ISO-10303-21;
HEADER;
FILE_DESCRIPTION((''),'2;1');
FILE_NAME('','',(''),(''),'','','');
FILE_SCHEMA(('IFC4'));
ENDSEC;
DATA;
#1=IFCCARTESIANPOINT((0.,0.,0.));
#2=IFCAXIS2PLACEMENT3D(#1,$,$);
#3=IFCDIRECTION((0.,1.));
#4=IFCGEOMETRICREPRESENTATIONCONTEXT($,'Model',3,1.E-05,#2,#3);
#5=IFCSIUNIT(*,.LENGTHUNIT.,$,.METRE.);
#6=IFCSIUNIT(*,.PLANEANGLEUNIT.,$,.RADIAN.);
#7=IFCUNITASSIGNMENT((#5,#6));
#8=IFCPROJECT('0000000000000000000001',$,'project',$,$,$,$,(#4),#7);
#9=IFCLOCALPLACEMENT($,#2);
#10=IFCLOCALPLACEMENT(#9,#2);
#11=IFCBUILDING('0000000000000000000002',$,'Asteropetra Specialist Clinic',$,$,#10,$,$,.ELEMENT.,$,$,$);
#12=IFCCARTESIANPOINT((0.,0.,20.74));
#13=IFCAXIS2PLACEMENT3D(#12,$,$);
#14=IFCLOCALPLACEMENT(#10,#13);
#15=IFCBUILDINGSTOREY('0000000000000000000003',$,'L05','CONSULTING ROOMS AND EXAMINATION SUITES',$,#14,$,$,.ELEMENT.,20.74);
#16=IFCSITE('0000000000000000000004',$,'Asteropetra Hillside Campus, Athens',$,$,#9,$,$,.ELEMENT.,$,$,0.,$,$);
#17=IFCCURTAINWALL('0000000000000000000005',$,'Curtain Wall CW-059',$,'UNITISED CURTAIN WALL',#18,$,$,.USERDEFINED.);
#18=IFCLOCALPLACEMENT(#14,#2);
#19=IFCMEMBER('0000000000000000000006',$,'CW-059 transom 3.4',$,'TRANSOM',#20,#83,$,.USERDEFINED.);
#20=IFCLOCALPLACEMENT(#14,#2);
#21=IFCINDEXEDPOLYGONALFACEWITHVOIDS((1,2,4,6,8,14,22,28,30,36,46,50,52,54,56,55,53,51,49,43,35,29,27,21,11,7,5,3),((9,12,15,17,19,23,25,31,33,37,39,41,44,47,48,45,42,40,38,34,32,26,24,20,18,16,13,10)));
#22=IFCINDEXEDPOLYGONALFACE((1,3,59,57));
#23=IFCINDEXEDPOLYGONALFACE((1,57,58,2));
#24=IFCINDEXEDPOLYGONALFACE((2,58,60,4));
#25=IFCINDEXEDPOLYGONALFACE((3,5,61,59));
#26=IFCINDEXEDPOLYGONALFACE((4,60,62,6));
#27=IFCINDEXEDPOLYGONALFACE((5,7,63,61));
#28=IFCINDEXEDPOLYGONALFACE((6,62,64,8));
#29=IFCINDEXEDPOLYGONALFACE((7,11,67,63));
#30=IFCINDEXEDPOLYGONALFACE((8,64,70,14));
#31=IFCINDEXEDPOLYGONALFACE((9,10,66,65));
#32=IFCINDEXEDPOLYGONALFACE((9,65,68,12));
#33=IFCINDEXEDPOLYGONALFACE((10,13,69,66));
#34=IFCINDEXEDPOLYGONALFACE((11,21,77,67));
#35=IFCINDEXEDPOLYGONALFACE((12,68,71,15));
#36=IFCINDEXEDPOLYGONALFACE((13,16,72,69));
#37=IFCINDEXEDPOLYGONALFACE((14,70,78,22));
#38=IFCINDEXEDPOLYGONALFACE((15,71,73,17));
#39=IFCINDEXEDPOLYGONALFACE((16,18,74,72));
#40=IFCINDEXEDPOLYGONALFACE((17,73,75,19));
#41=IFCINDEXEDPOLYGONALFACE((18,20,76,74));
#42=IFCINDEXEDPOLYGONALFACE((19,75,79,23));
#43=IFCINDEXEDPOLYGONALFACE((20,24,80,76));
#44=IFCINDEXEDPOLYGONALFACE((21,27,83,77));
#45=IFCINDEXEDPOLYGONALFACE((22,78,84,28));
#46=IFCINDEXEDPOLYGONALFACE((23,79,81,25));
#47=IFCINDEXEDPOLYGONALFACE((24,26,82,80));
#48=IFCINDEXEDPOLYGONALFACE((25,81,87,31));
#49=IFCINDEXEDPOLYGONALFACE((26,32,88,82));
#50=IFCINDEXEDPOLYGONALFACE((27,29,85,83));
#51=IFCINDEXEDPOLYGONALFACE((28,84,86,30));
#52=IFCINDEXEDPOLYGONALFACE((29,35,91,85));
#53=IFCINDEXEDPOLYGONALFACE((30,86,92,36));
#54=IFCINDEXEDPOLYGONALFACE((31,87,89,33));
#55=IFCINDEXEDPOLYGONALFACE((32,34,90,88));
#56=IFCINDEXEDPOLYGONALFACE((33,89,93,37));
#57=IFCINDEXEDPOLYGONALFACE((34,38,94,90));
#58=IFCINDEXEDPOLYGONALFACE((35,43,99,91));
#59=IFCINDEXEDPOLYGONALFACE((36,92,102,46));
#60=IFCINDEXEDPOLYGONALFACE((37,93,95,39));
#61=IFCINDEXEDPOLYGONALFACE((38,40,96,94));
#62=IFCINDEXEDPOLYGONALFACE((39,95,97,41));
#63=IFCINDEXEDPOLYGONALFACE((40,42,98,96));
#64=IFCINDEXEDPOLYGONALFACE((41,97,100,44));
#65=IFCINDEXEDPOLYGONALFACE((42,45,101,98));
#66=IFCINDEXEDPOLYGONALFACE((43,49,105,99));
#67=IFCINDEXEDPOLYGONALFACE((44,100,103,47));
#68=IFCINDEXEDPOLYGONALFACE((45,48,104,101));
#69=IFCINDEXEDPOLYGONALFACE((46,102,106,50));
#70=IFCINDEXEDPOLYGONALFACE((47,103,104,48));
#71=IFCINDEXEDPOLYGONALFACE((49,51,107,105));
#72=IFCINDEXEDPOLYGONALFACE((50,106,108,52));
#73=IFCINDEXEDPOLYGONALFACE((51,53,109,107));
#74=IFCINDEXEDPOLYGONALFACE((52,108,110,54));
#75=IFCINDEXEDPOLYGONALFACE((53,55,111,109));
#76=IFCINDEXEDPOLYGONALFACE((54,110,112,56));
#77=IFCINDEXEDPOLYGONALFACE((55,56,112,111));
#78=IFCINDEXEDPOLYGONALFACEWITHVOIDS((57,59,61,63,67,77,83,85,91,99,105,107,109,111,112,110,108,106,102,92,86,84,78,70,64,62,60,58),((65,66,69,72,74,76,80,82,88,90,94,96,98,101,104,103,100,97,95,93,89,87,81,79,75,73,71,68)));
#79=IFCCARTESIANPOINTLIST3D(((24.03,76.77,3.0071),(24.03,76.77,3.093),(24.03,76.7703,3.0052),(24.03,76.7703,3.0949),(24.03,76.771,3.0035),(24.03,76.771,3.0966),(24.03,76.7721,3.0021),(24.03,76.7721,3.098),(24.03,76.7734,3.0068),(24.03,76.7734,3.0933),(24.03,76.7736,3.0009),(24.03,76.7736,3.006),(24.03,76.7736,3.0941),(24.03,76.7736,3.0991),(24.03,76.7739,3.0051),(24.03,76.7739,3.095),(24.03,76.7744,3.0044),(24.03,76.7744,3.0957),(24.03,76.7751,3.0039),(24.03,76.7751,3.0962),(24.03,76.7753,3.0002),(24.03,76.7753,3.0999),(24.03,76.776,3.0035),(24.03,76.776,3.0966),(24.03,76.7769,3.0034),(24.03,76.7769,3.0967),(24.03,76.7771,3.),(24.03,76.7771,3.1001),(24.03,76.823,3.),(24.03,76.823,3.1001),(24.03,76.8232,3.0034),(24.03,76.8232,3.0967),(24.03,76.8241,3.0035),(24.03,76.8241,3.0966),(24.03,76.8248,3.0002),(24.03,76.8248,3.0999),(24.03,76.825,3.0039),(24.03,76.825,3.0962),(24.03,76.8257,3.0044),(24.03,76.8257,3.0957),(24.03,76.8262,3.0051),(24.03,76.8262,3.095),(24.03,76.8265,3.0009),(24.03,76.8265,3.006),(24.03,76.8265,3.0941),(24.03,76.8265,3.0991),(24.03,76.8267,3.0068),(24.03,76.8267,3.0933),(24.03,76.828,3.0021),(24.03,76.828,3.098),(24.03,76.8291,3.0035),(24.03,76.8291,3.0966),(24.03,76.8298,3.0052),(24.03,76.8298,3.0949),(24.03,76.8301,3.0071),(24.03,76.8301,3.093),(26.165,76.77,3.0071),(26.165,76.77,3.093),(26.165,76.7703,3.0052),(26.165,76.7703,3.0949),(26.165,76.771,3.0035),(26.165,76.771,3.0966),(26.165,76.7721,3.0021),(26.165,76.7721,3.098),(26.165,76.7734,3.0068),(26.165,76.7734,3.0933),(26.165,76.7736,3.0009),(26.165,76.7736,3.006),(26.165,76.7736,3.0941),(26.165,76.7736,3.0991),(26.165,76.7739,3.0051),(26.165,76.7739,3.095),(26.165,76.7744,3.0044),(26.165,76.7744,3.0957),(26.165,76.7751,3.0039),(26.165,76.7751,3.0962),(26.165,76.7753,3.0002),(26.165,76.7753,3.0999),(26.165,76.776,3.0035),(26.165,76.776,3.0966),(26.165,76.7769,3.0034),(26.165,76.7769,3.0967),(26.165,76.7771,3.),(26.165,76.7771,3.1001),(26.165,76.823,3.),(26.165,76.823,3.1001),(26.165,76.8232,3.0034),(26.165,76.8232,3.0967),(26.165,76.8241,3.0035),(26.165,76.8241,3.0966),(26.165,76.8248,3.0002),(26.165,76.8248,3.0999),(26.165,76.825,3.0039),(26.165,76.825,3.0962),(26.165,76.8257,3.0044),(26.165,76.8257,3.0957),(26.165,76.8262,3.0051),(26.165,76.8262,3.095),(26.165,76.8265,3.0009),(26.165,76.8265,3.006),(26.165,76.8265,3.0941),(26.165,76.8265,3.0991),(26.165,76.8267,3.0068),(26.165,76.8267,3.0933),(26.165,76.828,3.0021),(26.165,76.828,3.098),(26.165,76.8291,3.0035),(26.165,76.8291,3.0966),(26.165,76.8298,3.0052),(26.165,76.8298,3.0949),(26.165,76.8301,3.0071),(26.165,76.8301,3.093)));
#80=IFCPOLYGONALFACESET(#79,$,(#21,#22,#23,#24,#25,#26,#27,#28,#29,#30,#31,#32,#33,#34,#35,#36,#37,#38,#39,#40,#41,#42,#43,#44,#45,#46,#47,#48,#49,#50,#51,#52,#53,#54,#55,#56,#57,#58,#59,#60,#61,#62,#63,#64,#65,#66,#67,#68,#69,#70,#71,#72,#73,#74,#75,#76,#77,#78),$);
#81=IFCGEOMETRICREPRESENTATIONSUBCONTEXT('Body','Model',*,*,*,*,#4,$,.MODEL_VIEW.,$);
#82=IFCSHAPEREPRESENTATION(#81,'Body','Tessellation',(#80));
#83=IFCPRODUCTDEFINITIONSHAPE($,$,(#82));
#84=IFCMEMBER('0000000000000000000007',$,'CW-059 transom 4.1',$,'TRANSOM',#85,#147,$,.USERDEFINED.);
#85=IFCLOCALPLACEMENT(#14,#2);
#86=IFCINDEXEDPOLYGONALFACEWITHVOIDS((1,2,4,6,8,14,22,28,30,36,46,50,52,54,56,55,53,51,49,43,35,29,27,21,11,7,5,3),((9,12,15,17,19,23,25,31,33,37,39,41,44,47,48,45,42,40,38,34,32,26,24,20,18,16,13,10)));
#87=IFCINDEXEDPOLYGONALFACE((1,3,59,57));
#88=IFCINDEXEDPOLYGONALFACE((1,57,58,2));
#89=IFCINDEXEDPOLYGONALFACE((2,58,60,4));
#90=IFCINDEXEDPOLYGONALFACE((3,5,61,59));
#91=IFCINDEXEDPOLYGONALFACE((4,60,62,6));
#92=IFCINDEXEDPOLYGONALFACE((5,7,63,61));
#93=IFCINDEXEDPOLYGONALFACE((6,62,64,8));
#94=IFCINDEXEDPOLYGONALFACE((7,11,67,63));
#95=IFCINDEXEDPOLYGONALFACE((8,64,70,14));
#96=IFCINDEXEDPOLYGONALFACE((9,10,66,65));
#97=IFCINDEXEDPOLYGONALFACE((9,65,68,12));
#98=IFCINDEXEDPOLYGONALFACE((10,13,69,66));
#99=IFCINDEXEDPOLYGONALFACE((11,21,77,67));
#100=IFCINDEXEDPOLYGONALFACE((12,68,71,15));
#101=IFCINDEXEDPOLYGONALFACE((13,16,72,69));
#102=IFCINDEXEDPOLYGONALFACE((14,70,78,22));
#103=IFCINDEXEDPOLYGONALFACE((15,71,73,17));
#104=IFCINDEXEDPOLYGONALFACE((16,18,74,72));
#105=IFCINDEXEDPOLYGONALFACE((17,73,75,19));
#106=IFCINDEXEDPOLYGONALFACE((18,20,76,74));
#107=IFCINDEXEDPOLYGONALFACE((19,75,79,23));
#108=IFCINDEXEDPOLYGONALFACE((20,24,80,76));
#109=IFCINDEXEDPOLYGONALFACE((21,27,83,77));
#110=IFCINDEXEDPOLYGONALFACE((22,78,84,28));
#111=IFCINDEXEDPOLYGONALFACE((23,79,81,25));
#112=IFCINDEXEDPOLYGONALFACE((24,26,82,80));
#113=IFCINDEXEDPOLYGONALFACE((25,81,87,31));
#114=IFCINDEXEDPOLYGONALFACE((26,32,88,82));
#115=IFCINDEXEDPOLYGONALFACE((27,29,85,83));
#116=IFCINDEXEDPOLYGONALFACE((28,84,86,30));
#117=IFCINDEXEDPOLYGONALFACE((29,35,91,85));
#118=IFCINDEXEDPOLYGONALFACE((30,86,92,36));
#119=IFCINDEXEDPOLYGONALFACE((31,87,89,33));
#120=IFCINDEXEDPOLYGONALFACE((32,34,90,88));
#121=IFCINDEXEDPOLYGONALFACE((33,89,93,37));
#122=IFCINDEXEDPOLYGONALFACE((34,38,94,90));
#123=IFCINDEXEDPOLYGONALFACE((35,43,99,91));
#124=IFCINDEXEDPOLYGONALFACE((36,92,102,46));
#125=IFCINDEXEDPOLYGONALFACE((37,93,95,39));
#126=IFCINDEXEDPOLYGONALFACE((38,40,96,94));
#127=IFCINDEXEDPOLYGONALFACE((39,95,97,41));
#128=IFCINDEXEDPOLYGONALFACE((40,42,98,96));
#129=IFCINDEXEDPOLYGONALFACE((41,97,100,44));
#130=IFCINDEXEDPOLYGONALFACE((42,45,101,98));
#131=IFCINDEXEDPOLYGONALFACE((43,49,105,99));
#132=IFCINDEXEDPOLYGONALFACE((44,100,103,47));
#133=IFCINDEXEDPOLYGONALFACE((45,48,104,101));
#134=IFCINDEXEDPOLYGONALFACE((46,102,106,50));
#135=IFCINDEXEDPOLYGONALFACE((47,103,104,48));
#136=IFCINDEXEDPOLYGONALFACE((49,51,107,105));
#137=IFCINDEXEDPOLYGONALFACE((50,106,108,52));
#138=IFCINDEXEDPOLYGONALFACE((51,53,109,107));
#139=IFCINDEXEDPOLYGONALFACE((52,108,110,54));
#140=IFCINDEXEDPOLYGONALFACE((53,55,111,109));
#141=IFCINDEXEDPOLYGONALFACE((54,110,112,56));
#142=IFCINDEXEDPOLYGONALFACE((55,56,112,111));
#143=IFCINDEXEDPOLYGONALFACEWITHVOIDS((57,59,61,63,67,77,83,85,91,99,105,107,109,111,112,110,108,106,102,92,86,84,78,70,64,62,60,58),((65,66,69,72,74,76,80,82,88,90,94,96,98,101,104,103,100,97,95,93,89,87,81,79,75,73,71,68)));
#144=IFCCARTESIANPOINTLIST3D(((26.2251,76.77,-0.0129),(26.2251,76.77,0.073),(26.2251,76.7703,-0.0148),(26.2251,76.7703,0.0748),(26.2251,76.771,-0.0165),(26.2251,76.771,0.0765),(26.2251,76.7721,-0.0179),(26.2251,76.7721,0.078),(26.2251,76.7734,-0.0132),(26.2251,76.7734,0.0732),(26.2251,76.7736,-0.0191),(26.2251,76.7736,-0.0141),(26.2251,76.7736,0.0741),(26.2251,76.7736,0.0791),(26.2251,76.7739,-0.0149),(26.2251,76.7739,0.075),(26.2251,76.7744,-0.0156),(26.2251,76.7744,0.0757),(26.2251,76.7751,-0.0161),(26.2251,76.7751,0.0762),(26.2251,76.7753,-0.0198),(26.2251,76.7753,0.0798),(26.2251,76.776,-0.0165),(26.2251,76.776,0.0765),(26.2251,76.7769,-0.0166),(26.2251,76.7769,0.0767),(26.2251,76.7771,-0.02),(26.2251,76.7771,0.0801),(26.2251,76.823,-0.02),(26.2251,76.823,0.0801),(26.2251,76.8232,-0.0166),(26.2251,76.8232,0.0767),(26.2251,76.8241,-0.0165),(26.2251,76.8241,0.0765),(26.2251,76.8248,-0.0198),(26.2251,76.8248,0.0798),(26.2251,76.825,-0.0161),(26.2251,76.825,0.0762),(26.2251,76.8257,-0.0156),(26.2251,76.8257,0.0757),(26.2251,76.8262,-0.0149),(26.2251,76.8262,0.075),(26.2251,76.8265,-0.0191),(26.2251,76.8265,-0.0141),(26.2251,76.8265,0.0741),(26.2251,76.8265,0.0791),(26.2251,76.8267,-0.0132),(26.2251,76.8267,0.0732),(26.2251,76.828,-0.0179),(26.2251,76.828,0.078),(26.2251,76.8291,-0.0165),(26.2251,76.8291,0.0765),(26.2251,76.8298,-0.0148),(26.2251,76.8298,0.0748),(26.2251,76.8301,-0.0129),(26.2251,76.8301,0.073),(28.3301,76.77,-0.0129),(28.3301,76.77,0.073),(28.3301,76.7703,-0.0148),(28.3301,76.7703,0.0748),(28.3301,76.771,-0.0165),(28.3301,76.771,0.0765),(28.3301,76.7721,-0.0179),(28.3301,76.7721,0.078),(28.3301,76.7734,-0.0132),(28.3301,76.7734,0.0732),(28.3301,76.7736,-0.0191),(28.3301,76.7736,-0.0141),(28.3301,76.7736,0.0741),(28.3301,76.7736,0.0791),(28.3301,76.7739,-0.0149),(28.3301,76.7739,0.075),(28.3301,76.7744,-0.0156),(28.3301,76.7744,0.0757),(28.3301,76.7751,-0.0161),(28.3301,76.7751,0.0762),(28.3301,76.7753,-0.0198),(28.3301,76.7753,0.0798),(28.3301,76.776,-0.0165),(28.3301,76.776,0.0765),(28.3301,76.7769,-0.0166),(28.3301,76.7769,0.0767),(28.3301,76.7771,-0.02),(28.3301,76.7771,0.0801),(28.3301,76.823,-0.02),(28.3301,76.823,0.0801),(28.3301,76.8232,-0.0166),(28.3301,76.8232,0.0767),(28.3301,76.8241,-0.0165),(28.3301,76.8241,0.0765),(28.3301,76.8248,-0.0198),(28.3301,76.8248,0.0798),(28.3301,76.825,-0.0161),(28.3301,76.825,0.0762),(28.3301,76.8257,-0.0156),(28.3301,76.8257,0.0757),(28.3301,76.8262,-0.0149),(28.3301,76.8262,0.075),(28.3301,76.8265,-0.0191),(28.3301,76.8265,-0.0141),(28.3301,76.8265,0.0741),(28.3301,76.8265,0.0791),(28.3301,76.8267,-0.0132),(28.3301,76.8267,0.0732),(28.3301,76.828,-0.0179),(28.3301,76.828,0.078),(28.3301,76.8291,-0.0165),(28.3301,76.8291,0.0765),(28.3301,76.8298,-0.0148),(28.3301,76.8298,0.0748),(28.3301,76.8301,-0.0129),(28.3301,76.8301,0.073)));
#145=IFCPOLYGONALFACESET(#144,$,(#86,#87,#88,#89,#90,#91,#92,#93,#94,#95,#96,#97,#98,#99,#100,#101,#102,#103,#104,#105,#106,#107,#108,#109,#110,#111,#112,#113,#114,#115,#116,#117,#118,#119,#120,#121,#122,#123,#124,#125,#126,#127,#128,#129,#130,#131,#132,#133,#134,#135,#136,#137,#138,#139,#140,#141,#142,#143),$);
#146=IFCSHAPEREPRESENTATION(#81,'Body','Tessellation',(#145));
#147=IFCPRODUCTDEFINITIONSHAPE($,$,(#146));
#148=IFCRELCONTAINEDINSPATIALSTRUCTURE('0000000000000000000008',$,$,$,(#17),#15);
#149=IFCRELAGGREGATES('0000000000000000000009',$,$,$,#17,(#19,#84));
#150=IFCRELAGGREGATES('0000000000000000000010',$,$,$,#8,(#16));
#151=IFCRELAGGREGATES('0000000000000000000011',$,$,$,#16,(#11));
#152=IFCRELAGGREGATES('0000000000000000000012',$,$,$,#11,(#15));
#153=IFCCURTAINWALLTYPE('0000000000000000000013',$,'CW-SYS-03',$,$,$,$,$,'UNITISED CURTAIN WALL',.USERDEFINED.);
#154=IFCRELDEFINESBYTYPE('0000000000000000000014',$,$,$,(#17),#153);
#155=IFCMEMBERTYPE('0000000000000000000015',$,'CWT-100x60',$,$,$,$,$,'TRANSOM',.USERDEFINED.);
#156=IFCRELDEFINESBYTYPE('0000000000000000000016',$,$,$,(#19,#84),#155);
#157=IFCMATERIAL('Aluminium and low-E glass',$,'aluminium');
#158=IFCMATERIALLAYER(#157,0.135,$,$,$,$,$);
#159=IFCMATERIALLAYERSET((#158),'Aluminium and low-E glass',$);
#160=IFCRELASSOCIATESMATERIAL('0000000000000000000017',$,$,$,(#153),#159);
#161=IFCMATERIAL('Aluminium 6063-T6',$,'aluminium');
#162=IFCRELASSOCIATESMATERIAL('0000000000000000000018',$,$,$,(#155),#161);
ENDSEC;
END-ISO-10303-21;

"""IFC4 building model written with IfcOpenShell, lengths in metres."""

from ifc_helpers import new_model, si_unit, direction, frame, origin, origin_2d, place, context, subcontext, project, spatial, hollow_rectangle, extrude, material, layer, layer_set, material_profile, profile_set, type_object, element, aggregate, save


model = new_model("IFC4")

# Units and contexts
model_context = context("Model", 3, precision=1e-05, world=origin(), true_north=direction((0.0, 1.0)))
body_context = subcontext(model_context, "Body", "Model", "MODEL_VIEW")
ifc_project = project(units=[si_unit("LENGTHUNIT", "METRE"), si_unit("PLANEANGLEUNIT", "RADIAN")], contexts=[model_context])

# Site, building, storey
site_placement = place(None, origin())
site = spatial("IfcSite", under=ifc_project, at=site_placement, Name="Asteropetra Hillside Campus, Athens", CompositionType="ELEMENT", RefElevation=0.0)
building_placement = place(site_placement, origin())
building = spatial("IfcBuilding", under=site, at=building_placement, Name="Asteropetra Specialist Clinic", CompositionType="ELEMENT")
storey_placement = place(building_placement, frame((0.0, 0.0, 20.74)))
storey = spatial("IfcBuildingStorey", under=building, at=storey_placement, Name="L05", Description="CONSULTING ROOMS AND EXAMINATION SUITES", CompositionType="ELEMENT", Elevation=20.74)

# Curtain wall
ifc_material_1 = material(Name="Aluminium and low-E glass", Category="aluminium")
ifc_layer_1 = layer(ifc_material_1, 0.135)
ifc_layer_set_1 = layer_set([ifc_layer_1], Name="Aluminium and low-E glass")
curtain_wall_type_1 = type_object("IfcCurtainWallType", Name="CW-SYS-03", ElementType="UNITISED CURTAIN WALL", PredefinedType="USERDEFINED", material=ifc_layer_set_1)
curtain_wall_1_placement = place(storey_placement, origin())
curtain_wall_1 = element("IfcCurtainWall", 1, at=curtain_wall_1_placement, inside=storey, type_object=curtain_wall_type_1, Name="Curtain Wall CW-059", ObjectType="UNITISED CURTAIN WALL", PredefinedType="USERDEFINED")

# Members
ifc_material_2 = material(Name="Aluminium 6063-T6", Category="aluminium")
ifc_material_profile_1 = material_profile(ifc_material_2, hollow_rectangle(XDim=0.0601, YDim=0.1001, WallThickness=0.0034, InnerFilletRadius=0.0034, OuterFilletRadius=0.0071, at=origin_2d()), Name="TRN 100x60x3.5")
ifc_profile_set_1 = profile_set([ifc_material_profile_1], Name="Aluminium 6063-T6")
member_type_1 = type_object("IfcMemberType", Name="CWT-100x60", ElementType="TRANSOM", PredefinedType="USERDEFINED", material=ifc_profile_set_1)
member_1_placement = place(storey_placement, frame((24.03, 76.8, 3.05), z_axis=(1.0, 0.0, 0.0), x_axis=(0.0, 1.0, 0.0)))
member_1 = element("IfcMember", 2, at=member_1_placement, type_object=member_type_1, Name="CW-059 transom 3.4", ObjectType="TRANSOM", PredefinedType="USERDEFINED", context=body_context, shape_type="SweptSolid", body=[
    extrude(hollow_rectangle(XDim=0.0601, YDim=0.1001, WallThickness=0.0034, InnerFilletRadius=0.0034, OuterFilletRadius=0.0071, at=origin_2d()), origin(), (0.0, 0.0, 1.0), 2.135),
])
member_2_placement = place(storey_placement, frame((26.2251, 76.8, 0.03), z_axis=(1.0, 0.0, 0.0), x_axis=(0.0, 1.0, 0.0)))
member_2 = element("IfcMember", 3, at=member_2_placement, type_object=member_type_1, Name="CW-059 transom 4.1", ObjectType="TRANSOM", PredefinedType="USERDEFINED", context=body_context, shape_type="SweptSolid", body=[
    extrude(hollow_rectangle(XDim=0.0601, YDim=0.1001, WallThickness=0.0034, InnerFilletRadius=0.0034, OuterFilletRadius=0.0071, at=origin_2d()), origin(), (0.0, 0.0, 1.0), 2.105),
])

aggregate(curtain_wall_1, [member_1, member_2])

save(model, "model.ifc")
